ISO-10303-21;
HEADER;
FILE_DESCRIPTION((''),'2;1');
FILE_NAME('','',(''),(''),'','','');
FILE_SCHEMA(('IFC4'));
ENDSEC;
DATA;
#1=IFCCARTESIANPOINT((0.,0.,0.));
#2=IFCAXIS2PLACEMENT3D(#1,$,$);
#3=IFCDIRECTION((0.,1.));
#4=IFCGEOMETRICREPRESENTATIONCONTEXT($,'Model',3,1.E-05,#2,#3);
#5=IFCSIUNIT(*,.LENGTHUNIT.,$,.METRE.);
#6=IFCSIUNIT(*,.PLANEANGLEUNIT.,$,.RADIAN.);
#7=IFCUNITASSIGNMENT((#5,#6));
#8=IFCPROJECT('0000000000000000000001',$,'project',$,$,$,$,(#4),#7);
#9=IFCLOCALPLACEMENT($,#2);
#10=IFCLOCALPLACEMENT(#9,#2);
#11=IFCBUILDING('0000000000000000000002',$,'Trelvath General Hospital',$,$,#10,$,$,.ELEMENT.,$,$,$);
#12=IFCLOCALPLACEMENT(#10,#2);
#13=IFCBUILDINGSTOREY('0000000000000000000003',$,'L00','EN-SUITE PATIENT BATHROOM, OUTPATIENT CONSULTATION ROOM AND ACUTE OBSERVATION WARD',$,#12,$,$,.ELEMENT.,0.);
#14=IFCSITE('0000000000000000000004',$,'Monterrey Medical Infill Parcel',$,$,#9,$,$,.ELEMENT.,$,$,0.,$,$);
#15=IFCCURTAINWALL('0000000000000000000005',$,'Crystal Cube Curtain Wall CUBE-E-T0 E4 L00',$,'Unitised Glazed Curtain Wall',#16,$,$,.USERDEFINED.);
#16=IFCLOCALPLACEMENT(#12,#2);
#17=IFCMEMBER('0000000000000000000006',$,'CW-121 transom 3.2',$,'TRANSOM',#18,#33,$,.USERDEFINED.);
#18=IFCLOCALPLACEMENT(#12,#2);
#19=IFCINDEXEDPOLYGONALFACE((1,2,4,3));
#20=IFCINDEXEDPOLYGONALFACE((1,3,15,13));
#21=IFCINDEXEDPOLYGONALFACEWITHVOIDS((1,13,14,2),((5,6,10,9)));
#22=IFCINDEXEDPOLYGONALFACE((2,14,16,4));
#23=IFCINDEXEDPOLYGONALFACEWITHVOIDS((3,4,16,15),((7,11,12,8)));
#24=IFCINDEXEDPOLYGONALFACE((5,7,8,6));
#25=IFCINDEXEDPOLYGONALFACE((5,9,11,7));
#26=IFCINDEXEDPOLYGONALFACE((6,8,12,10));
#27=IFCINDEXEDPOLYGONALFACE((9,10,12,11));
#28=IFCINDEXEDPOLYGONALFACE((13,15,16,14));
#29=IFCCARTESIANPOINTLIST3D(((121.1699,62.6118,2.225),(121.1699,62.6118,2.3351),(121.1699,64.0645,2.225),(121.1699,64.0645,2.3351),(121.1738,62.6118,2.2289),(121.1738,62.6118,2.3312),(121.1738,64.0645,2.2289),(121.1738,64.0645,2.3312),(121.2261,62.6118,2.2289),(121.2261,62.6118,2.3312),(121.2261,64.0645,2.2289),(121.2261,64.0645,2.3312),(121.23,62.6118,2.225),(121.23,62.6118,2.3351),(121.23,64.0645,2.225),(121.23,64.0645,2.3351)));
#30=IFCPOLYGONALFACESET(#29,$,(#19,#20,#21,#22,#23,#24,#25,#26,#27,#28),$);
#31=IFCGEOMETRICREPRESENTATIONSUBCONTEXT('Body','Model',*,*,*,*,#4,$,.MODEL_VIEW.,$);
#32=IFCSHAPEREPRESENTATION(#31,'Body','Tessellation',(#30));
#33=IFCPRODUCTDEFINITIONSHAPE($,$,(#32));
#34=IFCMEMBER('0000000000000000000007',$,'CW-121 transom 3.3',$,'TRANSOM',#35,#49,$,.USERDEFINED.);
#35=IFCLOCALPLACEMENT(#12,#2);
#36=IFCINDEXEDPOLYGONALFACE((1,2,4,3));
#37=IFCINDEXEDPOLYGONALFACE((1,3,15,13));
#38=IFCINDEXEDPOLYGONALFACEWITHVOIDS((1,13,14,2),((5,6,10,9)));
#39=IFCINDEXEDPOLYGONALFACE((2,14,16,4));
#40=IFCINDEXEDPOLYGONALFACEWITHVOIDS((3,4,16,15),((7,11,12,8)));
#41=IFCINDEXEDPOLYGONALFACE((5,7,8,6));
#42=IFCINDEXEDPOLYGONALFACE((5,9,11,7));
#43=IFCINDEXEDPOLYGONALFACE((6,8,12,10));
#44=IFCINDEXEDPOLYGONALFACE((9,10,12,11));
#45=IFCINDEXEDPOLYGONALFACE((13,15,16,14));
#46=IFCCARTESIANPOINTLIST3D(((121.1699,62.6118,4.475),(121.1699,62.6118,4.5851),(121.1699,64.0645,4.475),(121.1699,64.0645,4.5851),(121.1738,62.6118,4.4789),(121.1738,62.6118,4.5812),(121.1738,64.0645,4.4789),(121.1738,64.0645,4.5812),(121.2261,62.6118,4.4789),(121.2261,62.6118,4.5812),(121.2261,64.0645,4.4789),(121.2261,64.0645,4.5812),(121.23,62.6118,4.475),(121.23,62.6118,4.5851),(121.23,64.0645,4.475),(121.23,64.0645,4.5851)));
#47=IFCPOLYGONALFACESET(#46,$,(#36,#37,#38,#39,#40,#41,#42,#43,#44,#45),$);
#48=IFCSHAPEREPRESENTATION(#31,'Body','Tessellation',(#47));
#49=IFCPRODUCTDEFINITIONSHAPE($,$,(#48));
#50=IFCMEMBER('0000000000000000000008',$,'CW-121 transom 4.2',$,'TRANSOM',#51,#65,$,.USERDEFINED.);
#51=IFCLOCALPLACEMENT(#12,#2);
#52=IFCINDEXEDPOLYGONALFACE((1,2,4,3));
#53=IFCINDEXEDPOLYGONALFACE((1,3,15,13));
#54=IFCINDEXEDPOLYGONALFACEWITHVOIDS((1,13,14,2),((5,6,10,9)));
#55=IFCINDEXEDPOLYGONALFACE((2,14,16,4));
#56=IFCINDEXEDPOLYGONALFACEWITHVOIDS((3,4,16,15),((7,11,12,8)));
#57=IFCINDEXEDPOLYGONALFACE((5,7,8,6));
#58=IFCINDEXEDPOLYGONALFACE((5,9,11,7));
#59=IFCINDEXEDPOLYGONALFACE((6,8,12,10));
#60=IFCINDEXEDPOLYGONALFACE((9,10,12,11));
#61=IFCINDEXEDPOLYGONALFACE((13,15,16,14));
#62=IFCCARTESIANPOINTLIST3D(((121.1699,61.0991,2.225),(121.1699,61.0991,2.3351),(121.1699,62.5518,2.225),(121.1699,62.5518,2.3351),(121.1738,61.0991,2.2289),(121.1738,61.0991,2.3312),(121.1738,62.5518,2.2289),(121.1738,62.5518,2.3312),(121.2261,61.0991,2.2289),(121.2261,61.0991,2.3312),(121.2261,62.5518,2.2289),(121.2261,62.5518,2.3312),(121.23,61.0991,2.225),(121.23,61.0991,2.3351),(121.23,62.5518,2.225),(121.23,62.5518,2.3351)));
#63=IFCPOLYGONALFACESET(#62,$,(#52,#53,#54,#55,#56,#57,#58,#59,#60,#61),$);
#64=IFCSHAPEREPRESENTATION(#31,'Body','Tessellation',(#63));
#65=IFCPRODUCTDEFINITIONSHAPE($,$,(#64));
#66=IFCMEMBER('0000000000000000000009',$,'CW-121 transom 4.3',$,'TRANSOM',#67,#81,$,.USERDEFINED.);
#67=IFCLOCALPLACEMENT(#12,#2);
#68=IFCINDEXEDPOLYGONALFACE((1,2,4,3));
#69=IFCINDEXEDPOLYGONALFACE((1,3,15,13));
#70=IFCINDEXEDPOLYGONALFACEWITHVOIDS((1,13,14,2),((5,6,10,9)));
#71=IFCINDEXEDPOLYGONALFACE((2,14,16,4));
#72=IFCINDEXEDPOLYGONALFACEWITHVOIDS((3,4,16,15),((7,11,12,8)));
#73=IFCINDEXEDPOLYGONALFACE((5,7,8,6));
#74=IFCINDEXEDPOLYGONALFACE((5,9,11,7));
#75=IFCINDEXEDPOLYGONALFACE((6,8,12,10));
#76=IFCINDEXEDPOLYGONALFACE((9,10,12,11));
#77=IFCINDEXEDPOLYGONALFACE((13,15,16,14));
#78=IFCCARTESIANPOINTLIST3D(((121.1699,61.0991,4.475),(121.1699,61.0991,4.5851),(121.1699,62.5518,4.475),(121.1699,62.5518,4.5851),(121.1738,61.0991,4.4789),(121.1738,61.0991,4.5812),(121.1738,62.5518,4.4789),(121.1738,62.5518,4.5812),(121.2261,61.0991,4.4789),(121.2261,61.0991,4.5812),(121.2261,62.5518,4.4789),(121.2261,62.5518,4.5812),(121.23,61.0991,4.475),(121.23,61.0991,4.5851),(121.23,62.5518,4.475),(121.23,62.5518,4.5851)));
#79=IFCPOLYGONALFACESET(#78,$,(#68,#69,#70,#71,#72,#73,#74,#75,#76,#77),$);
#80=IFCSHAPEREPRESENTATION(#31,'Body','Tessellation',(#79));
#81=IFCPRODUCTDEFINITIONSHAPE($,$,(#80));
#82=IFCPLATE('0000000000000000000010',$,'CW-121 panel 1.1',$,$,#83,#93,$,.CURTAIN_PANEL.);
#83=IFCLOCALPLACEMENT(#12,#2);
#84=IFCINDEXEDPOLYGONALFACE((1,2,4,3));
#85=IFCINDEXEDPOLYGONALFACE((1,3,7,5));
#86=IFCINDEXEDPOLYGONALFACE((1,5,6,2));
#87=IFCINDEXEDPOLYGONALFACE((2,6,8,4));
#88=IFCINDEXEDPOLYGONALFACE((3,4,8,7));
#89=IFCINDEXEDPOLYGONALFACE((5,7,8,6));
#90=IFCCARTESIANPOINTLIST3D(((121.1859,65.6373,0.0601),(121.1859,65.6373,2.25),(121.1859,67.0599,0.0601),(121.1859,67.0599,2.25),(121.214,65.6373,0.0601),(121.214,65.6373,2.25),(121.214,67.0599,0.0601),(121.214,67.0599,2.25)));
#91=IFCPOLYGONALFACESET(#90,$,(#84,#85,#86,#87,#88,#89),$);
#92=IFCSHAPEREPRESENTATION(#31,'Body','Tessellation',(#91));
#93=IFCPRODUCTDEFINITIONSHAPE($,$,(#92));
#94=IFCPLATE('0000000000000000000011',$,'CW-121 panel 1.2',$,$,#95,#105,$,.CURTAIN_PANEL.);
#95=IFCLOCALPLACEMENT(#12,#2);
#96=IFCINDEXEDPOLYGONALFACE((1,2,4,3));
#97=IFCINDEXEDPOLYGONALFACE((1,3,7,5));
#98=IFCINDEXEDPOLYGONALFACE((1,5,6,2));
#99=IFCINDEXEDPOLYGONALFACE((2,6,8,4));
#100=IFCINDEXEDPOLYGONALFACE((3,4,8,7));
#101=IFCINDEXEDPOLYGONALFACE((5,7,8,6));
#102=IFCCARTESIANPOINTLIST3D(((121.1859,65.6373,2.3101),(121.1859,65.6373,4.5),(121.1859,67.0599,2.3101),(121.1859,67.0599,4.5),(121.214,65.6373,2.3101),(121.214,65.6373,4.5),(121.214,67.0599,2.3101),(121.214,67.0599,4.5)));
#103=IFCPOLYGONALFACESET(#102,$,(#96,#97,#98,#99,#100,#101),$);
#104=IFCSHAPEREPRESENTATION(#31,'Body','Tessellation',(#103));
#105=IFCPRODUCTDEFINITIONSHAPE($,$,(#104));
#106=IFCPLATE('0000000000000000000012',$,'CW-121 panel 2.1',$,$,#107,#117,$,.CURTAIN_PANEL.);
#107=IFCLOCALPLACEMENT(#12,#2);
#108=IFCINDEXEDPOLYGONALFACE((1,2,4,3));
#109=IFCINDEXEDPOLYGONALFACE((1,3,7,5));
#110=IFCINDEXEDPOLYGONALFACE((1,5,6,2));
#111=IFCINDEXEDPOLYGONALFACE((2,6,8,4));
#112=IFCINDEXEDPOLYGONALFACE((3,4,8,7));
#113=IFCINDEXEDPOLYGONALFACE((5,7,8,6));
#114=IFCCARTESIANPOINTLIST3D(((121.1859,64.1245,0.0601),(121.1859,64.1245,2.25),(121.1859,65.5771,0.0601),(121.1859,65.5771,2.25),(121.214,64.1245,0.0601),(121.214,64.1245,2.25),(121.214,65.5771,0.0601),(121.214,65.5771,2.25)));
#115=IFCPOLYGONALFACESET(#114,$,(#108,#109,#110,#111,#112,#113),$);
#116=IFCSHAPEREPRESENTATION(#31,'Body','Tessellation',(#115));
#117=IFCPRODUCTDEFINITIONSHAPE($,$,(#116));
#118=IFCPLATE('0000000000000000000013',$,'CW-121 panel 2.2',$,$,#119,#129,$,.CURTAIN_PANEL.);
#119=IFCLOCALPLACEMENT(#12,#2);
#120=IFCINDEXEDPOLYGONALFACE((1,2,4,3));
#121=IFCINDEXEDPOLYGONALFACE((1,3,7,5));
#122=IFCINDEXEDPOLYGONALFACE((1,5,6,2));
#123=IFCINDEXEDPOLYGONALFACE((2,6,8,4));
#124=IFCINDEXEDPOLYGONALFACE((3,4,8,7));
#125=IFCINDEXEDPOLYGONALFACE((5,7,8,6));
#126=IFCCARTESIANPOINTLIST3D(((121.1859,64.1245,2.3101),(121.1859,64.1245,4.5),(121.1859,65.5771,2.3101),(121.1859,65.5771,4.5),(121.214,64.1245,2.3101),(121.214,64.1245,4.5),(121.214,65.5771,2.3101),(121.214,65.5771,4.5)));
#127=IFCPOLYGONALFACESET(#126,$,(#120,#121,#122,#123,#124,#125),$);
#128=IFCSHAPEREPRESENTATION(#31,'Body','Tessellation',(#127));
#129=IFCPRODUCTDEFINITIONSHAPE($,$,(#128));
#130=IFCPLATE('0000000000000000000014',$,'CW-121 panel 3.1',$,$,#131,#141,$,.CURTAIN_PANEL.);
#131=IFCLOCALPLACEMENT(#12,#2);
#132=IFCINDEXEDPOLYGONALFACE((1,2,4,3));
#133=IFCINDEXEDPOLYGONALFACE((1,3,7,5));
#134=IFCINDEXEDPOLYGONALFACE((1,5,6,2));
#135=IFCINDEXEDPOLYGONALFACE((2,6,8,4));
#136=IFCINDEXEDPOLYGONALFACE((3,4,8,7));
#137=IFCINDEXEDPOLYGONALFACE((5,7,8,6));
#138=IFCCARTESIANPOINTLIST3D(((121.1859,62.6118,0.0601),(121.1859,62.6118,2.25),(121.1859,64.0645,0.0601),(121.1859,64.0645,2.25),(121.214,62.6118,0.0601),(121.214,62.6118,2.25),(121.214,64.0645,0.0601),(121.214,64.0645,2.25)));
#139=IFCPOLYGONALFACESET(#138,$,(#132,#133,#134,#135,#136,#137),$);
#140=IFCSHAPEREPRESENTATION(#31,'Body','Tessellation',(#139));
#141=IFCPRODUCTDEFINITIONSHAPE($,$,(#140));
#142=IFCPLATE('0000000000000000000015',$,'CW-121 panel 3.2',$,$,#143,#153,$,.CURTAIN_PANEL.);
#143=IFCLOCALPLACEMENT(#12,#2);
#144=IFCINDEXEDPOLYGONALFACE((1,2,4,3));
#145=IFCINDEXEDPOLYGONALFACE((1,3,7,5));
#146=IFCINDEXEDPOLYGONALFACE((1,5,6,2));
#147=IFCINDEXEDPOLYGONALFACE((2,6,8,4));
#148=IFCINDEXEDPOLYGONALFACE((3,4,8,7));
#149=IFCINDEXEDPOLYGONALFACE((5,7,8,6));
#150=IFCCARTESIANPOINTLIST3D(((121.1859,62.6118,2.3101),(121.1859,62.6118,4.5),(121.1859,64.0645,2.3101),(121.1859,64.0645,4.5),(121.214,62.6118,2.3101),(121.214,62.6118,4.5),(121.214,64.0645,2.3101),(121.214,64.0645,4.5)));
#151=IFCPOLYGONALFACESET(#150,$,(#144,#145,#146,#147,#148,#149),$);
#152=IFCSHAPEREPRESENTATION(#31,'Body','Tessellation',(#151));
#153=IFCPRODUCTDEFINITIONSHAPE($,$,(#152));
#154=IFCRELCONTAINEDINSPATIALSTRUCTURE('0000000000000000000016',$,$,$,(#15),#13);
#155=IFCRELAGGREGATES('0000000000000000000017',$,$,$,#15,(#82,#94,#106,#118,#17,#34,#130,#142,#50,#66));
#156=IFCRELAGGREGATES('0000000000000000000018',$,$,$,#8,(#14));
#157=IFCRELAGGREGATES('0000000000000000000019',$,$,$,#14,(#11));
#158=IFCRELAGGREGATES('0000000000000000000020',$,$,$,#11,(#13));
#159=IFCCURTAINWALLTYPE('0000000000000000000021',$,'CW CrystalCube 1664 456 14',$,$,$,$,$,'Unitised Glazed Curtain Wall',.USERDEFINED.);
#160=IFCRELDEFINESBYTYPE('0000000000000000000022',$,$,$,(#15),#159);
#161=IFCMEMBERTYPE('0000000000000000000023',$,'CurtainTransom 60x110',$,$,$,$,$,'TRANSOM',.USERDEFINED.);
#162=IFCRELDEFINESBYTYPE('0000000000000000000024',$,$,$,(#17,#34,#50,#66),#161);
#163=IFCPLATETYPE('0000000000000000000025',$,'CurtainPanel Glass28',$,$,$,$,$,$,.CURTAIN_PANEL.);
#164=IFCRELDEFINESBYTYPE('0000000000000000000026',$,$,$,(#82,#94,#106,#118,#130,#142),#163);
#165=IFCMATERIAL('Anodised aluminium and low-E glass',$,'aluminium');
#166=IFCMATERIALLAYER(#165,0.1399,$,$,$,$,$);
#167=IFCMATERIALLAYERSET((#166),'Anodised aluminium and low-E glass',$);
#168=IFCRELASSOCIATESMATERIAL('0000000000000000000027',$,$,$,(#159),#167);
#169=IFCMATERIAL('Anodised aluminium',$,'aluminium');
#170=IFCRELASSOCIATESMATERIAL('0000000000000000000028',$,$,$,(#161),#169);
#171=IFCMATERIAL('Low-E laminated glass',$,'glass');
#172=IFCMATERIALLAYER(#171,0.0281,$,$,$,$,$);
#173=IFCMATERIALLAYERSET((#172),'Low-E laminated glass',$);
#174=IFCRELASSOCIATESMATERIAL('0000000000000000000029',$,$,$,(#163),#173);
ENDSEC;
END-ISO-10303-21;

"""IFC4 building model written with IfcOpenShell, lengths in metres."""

from ifc_helpers import new_model, si_unit, direction, frame, origin, origin_2d, place, context, subcontext, project, spatial, rectangle, hollow_rectangle, extrude, material, layer, layer_set, material_profile, profile_set, type_object, element, aggregate, save


model = new_model("IFC4")

# Units and contexts
model_context = context("Model", 3, precision=1e-05, world=origin(), true_north=direction((0.0, 1.0)))
body_context = subcontext(model_context, "Body", "Model", "MODEL_VIEW")
ifc_project = project(units=[si_unit("LENGTHUNIT", "METRE"), si_unit("PLANEANGLEUNIT", "RADIAN")], contexts=[model_context])

# Site, building, storey
site_placement = place(None, origin())
site = spatial("IfcSite", under=ifc_project, at=site_placement, Name="Monterrey Medical Infill Parcel", CompositionType="ELEMENT", RefElevation=0.0)
building_placement = place(site_placement, origin())
building = spatial("IfcBuilding", under=site, at=building_placement, Name="Trelvath General Hospital", CompositionType="ELEMENT")
storey_placement = place(building_placement, origin())
storey = spatial("IfcBuildingStorey", under=building, at=storey_placement, Name="L00", Description="EN-SUITE PATIENT BATHROOM, OUTPATIENT CONSULTATION ROOM AND ACUTE OBSERVATION WARD", CompositionType="ELEMENT", Elevation=0.0)

# Curtain wall, members, plates
ifc_material_1 = material(Name="Anodised aluminium and low-E glass", Category="aluminium")
ifc_layer_1 = layer(ifc_material_1, 0.1399)
ifc_layer_set_1 = layer_set([ifc_layer_1], Name="Anodised aluminium and low-E glass")
curtain_wall_type = type_object("IfcCurtainWallType", Name="CW CrystalCube 1664 456 14", ElementType="Unitised Glazed Curtain Wall", PredefinedType="USERDEFINED", material=ifc_layer_set_1)
curtain_wall_placement = place(storey_placement, origin())
curtain_wall = element("IfcCurtainWall", 1, at=curtain_wall_placement, inside=storey, type_object=curtain_wall_type, Name="Crystal Cube Curtain Wall CUBE-E-T0 E4 L00", ObjectType="Unitised Glazed Curtain Wall", PredefinedType="USERDEFINED")
ifc_material_2 = material(Name="Anodised aluminium", Category="aluminium")
ifc_material_profile_1 = material_profile(ifc_material_2, hollow_rectangle(XDim=0.0601, YDim=0.1101, WallThickness=0.0039, at=origin_2d()), Name="RHS60x110x4")
ifc_profile_set_1 = profile_set([ifc_material_profile_1], Name="Anodised aluminium")
member_type_1 = type_object("IfcMemberType", Name="CurtainTransom 60x110", ElementType="TRANSOM", PredefinedType="USERDEFINED", material=ifc_profile_set_1)
member_1_placement = place(storey_placement, frame((121.2, 64.0645, 2.28), z_axis=(0.0, -1.0, 0.0), x_axis=(1.0, 0.0, 0.0)))
member_1 = element("IfcMember", 2, at=member_1_placement, type_object=member_type_1, Name="CW-121 transom 3.2", ObjectType="TRANSOM", PredefinedType="USERDEFINED", context=body_context, shape_type="SweptSolid", body=[
    extrude(hollow_rectangle(XDim=0.0601, YDim=0.1101, WallThickness=0.0039, at=origin_2d()), origin(), (0.0, 0.0, 1.0), 1.4526),
])
member_2_placement = place(storey_placement, frame((121.2, 64.0645, 4.53), z_axis=(0.0, -1.0, 0.0), x_axis=(1.0, 0.0, 0.0)))
member_2 = element("IfcMember", 3, at=member_2_placement, type_object=member_type_1, Name="CW-121 transom 3.3", ObjectType="TRANSOM", PredefinedType="USERDEFINED", context=body_context, shape_type="SweptSolid", body=[
    extrude(hollow_rectangle(XDim=0.0601, YDim=0.1101, WallThickness=0.0039, at=origin_2d()), origin(), (0.0, 0.0, 1.0), 1.4526),
])
member_3_placement = place(storey_placement, frame((121.2, 62.5518, 2.28), z_axis=(0.0, -1.0, 0.0), x_axis=(1.0, 0.0, 0.0)))
member_3 = element("IfcMember", 4, at=member_3_placement, type_object=member_type_1, Name="CW-121 transom 4.2", ObjectType="TRANSOM", PredefinedType="USERDEFINED", context=body_context, shape_type="SweptSolid", body=[
    extrude(hollow_rectangle(XDim=0.0601, YDim=0.1101, WallThickness=0.0039, at=origin_2d()), origin(), (0.0, 0.0, 1.0), 1.4526),
])
member_4_placement = place(storey_placement, frame((121.2, 62.5518, 4.53), z_axis=(0.0, -1.0, 0.0), x_axis=(1.0, 0.0, 0.0)))
member_4 = element("IfcMember", 5, at=member_4_placement, type_object=member_type_1, Name="CW-121 transom 4.3", ObjectType="TRANSOM", PredefinedType="USERDEFINED", context=body_context, shape_type="SweptSolid", body=[
    extrude(hollow_rectangle(XDim=0.0601, YDim=0.1101, WallThickness=0.0039, at=origin_2d()), origin(), (0.0, 0.0, 1.0), 1.4526),
])
ifc_material_3 = material(Name="Low-E laminated glass", Category="glass")
ifc_layer_2 = layer(ifc_material_3, 0.0281)
ifc_layer_set_2 = layer_set([ifc_layer_2], Name="Low-E laminated glass")
plate_type = type_object("IfcPlateType", Name="CurtainPanel Glass28", PredefinedType="CURTAIN_PANEL", material=ifc_layer_set_2)
plate_1_placement = place(storey_placement, frame((121.2, 66.3486, 0.0601), z_axis=(0.0, 0.0, 1.0), x_axis=(0.0, -1.0, 0.0)))
plate_1 = element("IfcPlate", 6, at=plate_1_placement, type_object=plate_type, Name="CW-121 panel 1.1", PredefinedType="CURTAIN_PANEL", context=body_context, shape_type="SweptSolid", body=[
    extrude(rectangle(XDim=1.4226, YDim=0.0281, at=origin_2d()), origin(), (0.0, 0.0, 1.0), 2.1899),
])
plate_2_placement = place(storey_placement, frame((121.2, 66.3486, 2.3101), z_axis=(0.0, 0.0, 1.0), x_axis=(0.0, -1.0, 0.0)))
plate_2 = element("IfcPlate", 7, at=plate_2_placement, type_object=plate_type, Name="CW-121 panel 1.2", PredefinedType="CURTAIN_PANEL", context=body_context, shape_type="SweptSolid", body=[
    extrude(rectangle(XDim=1.4226, YDim=0.0281, at=origin_2d()), origin(), (0.0, 0.0, 1.0), 2.1899),
])
plate_3_placement = place(storey_placement, frame((121.2, 64.8508, 0.0601), z_axis=(0.0, 0.0, 1.0), x_axis=(0.0, -1.0, 0.0)))
plate_3 = element("IfcPlate", 8, at=plate_3_placement, type_object=plate_type, Name="CW-121 panel 2.1", PredefinedType="CURTAIN_PANEL", context=body_context, shape_type="SweptSolid", body=[
    extrude(rectangle(XDim=1.4526, YDim=0.0281, at=origin_2d()), origin(), (0.0, 0.0, 1.0), 2.1899),
])
plate_4_placement = place(storey_placement, frame((121.2, 64.8508, 2.3101), z_axis=(0.0, 0.0, 1.0), x_axis=(0.0, -1.0, 0.0)))
plate_4 = element("IfcPlate", 9, at=plate_4_placement, type_object=plate_type, Name="CW-121 panel 2.2", PredefinedType="CURTAIN_PANEL", context=body_context, shape_type="SweptSolid", body=[
    extrude(rectangle(XDim=1.4526, YDim=0.0281, at=origin_2d()), origin(), (0.0, 0.0, 1.0), 2.1899),
])
plate_5_placement = place(storey_placement, frame((121.2, 63.3381, 0.0601), z_axis=(0.0, 0.0, 1.0), x_axis=(0.0, -1.0, 0.0)))
plate_5 = element("IfcPlate", 10, at=plate_5_placement, type_object=plate_type, Name="CW-121 panel 3.1", PredefinedType="CURTAIN_PANEL", context=body_context, shape_type="SweptSolid", body=[
    extrude(rectangle(XDim=1.4526, YDim=0.0281, at=origin_2d()), origin(), (0.0, 0.0, 1.0), 2.1899),
])
plate_6_placement = place(storey_placement, frame((121.2, 63.3381, 2.3101), z_axis=(0.0, 0.0, 1.0), x_axis=(0.0, -1.0, 0.0)))
plate_6 = element("IfcPlate", 11, at=plate_6_placement, type_object=plate_type, Name="CW-121 panel 3.2", PredefinedType="CURTAIN_PANEL", context=body_context, shape_type="SweptSolid", body=[
    extrude(rectangle(XDim=1.4526, YDim=0.0281, at=origin_2d()), origin(), (0.0, 0.0, 1.0), 2.1899),
])
aggregate(curtain_wall, [plate_1, plate_2, plate_3, plate_4, member_1, member_2, plate_5, plate_6, member_3, member_4])

save(model, "model.ifc")
